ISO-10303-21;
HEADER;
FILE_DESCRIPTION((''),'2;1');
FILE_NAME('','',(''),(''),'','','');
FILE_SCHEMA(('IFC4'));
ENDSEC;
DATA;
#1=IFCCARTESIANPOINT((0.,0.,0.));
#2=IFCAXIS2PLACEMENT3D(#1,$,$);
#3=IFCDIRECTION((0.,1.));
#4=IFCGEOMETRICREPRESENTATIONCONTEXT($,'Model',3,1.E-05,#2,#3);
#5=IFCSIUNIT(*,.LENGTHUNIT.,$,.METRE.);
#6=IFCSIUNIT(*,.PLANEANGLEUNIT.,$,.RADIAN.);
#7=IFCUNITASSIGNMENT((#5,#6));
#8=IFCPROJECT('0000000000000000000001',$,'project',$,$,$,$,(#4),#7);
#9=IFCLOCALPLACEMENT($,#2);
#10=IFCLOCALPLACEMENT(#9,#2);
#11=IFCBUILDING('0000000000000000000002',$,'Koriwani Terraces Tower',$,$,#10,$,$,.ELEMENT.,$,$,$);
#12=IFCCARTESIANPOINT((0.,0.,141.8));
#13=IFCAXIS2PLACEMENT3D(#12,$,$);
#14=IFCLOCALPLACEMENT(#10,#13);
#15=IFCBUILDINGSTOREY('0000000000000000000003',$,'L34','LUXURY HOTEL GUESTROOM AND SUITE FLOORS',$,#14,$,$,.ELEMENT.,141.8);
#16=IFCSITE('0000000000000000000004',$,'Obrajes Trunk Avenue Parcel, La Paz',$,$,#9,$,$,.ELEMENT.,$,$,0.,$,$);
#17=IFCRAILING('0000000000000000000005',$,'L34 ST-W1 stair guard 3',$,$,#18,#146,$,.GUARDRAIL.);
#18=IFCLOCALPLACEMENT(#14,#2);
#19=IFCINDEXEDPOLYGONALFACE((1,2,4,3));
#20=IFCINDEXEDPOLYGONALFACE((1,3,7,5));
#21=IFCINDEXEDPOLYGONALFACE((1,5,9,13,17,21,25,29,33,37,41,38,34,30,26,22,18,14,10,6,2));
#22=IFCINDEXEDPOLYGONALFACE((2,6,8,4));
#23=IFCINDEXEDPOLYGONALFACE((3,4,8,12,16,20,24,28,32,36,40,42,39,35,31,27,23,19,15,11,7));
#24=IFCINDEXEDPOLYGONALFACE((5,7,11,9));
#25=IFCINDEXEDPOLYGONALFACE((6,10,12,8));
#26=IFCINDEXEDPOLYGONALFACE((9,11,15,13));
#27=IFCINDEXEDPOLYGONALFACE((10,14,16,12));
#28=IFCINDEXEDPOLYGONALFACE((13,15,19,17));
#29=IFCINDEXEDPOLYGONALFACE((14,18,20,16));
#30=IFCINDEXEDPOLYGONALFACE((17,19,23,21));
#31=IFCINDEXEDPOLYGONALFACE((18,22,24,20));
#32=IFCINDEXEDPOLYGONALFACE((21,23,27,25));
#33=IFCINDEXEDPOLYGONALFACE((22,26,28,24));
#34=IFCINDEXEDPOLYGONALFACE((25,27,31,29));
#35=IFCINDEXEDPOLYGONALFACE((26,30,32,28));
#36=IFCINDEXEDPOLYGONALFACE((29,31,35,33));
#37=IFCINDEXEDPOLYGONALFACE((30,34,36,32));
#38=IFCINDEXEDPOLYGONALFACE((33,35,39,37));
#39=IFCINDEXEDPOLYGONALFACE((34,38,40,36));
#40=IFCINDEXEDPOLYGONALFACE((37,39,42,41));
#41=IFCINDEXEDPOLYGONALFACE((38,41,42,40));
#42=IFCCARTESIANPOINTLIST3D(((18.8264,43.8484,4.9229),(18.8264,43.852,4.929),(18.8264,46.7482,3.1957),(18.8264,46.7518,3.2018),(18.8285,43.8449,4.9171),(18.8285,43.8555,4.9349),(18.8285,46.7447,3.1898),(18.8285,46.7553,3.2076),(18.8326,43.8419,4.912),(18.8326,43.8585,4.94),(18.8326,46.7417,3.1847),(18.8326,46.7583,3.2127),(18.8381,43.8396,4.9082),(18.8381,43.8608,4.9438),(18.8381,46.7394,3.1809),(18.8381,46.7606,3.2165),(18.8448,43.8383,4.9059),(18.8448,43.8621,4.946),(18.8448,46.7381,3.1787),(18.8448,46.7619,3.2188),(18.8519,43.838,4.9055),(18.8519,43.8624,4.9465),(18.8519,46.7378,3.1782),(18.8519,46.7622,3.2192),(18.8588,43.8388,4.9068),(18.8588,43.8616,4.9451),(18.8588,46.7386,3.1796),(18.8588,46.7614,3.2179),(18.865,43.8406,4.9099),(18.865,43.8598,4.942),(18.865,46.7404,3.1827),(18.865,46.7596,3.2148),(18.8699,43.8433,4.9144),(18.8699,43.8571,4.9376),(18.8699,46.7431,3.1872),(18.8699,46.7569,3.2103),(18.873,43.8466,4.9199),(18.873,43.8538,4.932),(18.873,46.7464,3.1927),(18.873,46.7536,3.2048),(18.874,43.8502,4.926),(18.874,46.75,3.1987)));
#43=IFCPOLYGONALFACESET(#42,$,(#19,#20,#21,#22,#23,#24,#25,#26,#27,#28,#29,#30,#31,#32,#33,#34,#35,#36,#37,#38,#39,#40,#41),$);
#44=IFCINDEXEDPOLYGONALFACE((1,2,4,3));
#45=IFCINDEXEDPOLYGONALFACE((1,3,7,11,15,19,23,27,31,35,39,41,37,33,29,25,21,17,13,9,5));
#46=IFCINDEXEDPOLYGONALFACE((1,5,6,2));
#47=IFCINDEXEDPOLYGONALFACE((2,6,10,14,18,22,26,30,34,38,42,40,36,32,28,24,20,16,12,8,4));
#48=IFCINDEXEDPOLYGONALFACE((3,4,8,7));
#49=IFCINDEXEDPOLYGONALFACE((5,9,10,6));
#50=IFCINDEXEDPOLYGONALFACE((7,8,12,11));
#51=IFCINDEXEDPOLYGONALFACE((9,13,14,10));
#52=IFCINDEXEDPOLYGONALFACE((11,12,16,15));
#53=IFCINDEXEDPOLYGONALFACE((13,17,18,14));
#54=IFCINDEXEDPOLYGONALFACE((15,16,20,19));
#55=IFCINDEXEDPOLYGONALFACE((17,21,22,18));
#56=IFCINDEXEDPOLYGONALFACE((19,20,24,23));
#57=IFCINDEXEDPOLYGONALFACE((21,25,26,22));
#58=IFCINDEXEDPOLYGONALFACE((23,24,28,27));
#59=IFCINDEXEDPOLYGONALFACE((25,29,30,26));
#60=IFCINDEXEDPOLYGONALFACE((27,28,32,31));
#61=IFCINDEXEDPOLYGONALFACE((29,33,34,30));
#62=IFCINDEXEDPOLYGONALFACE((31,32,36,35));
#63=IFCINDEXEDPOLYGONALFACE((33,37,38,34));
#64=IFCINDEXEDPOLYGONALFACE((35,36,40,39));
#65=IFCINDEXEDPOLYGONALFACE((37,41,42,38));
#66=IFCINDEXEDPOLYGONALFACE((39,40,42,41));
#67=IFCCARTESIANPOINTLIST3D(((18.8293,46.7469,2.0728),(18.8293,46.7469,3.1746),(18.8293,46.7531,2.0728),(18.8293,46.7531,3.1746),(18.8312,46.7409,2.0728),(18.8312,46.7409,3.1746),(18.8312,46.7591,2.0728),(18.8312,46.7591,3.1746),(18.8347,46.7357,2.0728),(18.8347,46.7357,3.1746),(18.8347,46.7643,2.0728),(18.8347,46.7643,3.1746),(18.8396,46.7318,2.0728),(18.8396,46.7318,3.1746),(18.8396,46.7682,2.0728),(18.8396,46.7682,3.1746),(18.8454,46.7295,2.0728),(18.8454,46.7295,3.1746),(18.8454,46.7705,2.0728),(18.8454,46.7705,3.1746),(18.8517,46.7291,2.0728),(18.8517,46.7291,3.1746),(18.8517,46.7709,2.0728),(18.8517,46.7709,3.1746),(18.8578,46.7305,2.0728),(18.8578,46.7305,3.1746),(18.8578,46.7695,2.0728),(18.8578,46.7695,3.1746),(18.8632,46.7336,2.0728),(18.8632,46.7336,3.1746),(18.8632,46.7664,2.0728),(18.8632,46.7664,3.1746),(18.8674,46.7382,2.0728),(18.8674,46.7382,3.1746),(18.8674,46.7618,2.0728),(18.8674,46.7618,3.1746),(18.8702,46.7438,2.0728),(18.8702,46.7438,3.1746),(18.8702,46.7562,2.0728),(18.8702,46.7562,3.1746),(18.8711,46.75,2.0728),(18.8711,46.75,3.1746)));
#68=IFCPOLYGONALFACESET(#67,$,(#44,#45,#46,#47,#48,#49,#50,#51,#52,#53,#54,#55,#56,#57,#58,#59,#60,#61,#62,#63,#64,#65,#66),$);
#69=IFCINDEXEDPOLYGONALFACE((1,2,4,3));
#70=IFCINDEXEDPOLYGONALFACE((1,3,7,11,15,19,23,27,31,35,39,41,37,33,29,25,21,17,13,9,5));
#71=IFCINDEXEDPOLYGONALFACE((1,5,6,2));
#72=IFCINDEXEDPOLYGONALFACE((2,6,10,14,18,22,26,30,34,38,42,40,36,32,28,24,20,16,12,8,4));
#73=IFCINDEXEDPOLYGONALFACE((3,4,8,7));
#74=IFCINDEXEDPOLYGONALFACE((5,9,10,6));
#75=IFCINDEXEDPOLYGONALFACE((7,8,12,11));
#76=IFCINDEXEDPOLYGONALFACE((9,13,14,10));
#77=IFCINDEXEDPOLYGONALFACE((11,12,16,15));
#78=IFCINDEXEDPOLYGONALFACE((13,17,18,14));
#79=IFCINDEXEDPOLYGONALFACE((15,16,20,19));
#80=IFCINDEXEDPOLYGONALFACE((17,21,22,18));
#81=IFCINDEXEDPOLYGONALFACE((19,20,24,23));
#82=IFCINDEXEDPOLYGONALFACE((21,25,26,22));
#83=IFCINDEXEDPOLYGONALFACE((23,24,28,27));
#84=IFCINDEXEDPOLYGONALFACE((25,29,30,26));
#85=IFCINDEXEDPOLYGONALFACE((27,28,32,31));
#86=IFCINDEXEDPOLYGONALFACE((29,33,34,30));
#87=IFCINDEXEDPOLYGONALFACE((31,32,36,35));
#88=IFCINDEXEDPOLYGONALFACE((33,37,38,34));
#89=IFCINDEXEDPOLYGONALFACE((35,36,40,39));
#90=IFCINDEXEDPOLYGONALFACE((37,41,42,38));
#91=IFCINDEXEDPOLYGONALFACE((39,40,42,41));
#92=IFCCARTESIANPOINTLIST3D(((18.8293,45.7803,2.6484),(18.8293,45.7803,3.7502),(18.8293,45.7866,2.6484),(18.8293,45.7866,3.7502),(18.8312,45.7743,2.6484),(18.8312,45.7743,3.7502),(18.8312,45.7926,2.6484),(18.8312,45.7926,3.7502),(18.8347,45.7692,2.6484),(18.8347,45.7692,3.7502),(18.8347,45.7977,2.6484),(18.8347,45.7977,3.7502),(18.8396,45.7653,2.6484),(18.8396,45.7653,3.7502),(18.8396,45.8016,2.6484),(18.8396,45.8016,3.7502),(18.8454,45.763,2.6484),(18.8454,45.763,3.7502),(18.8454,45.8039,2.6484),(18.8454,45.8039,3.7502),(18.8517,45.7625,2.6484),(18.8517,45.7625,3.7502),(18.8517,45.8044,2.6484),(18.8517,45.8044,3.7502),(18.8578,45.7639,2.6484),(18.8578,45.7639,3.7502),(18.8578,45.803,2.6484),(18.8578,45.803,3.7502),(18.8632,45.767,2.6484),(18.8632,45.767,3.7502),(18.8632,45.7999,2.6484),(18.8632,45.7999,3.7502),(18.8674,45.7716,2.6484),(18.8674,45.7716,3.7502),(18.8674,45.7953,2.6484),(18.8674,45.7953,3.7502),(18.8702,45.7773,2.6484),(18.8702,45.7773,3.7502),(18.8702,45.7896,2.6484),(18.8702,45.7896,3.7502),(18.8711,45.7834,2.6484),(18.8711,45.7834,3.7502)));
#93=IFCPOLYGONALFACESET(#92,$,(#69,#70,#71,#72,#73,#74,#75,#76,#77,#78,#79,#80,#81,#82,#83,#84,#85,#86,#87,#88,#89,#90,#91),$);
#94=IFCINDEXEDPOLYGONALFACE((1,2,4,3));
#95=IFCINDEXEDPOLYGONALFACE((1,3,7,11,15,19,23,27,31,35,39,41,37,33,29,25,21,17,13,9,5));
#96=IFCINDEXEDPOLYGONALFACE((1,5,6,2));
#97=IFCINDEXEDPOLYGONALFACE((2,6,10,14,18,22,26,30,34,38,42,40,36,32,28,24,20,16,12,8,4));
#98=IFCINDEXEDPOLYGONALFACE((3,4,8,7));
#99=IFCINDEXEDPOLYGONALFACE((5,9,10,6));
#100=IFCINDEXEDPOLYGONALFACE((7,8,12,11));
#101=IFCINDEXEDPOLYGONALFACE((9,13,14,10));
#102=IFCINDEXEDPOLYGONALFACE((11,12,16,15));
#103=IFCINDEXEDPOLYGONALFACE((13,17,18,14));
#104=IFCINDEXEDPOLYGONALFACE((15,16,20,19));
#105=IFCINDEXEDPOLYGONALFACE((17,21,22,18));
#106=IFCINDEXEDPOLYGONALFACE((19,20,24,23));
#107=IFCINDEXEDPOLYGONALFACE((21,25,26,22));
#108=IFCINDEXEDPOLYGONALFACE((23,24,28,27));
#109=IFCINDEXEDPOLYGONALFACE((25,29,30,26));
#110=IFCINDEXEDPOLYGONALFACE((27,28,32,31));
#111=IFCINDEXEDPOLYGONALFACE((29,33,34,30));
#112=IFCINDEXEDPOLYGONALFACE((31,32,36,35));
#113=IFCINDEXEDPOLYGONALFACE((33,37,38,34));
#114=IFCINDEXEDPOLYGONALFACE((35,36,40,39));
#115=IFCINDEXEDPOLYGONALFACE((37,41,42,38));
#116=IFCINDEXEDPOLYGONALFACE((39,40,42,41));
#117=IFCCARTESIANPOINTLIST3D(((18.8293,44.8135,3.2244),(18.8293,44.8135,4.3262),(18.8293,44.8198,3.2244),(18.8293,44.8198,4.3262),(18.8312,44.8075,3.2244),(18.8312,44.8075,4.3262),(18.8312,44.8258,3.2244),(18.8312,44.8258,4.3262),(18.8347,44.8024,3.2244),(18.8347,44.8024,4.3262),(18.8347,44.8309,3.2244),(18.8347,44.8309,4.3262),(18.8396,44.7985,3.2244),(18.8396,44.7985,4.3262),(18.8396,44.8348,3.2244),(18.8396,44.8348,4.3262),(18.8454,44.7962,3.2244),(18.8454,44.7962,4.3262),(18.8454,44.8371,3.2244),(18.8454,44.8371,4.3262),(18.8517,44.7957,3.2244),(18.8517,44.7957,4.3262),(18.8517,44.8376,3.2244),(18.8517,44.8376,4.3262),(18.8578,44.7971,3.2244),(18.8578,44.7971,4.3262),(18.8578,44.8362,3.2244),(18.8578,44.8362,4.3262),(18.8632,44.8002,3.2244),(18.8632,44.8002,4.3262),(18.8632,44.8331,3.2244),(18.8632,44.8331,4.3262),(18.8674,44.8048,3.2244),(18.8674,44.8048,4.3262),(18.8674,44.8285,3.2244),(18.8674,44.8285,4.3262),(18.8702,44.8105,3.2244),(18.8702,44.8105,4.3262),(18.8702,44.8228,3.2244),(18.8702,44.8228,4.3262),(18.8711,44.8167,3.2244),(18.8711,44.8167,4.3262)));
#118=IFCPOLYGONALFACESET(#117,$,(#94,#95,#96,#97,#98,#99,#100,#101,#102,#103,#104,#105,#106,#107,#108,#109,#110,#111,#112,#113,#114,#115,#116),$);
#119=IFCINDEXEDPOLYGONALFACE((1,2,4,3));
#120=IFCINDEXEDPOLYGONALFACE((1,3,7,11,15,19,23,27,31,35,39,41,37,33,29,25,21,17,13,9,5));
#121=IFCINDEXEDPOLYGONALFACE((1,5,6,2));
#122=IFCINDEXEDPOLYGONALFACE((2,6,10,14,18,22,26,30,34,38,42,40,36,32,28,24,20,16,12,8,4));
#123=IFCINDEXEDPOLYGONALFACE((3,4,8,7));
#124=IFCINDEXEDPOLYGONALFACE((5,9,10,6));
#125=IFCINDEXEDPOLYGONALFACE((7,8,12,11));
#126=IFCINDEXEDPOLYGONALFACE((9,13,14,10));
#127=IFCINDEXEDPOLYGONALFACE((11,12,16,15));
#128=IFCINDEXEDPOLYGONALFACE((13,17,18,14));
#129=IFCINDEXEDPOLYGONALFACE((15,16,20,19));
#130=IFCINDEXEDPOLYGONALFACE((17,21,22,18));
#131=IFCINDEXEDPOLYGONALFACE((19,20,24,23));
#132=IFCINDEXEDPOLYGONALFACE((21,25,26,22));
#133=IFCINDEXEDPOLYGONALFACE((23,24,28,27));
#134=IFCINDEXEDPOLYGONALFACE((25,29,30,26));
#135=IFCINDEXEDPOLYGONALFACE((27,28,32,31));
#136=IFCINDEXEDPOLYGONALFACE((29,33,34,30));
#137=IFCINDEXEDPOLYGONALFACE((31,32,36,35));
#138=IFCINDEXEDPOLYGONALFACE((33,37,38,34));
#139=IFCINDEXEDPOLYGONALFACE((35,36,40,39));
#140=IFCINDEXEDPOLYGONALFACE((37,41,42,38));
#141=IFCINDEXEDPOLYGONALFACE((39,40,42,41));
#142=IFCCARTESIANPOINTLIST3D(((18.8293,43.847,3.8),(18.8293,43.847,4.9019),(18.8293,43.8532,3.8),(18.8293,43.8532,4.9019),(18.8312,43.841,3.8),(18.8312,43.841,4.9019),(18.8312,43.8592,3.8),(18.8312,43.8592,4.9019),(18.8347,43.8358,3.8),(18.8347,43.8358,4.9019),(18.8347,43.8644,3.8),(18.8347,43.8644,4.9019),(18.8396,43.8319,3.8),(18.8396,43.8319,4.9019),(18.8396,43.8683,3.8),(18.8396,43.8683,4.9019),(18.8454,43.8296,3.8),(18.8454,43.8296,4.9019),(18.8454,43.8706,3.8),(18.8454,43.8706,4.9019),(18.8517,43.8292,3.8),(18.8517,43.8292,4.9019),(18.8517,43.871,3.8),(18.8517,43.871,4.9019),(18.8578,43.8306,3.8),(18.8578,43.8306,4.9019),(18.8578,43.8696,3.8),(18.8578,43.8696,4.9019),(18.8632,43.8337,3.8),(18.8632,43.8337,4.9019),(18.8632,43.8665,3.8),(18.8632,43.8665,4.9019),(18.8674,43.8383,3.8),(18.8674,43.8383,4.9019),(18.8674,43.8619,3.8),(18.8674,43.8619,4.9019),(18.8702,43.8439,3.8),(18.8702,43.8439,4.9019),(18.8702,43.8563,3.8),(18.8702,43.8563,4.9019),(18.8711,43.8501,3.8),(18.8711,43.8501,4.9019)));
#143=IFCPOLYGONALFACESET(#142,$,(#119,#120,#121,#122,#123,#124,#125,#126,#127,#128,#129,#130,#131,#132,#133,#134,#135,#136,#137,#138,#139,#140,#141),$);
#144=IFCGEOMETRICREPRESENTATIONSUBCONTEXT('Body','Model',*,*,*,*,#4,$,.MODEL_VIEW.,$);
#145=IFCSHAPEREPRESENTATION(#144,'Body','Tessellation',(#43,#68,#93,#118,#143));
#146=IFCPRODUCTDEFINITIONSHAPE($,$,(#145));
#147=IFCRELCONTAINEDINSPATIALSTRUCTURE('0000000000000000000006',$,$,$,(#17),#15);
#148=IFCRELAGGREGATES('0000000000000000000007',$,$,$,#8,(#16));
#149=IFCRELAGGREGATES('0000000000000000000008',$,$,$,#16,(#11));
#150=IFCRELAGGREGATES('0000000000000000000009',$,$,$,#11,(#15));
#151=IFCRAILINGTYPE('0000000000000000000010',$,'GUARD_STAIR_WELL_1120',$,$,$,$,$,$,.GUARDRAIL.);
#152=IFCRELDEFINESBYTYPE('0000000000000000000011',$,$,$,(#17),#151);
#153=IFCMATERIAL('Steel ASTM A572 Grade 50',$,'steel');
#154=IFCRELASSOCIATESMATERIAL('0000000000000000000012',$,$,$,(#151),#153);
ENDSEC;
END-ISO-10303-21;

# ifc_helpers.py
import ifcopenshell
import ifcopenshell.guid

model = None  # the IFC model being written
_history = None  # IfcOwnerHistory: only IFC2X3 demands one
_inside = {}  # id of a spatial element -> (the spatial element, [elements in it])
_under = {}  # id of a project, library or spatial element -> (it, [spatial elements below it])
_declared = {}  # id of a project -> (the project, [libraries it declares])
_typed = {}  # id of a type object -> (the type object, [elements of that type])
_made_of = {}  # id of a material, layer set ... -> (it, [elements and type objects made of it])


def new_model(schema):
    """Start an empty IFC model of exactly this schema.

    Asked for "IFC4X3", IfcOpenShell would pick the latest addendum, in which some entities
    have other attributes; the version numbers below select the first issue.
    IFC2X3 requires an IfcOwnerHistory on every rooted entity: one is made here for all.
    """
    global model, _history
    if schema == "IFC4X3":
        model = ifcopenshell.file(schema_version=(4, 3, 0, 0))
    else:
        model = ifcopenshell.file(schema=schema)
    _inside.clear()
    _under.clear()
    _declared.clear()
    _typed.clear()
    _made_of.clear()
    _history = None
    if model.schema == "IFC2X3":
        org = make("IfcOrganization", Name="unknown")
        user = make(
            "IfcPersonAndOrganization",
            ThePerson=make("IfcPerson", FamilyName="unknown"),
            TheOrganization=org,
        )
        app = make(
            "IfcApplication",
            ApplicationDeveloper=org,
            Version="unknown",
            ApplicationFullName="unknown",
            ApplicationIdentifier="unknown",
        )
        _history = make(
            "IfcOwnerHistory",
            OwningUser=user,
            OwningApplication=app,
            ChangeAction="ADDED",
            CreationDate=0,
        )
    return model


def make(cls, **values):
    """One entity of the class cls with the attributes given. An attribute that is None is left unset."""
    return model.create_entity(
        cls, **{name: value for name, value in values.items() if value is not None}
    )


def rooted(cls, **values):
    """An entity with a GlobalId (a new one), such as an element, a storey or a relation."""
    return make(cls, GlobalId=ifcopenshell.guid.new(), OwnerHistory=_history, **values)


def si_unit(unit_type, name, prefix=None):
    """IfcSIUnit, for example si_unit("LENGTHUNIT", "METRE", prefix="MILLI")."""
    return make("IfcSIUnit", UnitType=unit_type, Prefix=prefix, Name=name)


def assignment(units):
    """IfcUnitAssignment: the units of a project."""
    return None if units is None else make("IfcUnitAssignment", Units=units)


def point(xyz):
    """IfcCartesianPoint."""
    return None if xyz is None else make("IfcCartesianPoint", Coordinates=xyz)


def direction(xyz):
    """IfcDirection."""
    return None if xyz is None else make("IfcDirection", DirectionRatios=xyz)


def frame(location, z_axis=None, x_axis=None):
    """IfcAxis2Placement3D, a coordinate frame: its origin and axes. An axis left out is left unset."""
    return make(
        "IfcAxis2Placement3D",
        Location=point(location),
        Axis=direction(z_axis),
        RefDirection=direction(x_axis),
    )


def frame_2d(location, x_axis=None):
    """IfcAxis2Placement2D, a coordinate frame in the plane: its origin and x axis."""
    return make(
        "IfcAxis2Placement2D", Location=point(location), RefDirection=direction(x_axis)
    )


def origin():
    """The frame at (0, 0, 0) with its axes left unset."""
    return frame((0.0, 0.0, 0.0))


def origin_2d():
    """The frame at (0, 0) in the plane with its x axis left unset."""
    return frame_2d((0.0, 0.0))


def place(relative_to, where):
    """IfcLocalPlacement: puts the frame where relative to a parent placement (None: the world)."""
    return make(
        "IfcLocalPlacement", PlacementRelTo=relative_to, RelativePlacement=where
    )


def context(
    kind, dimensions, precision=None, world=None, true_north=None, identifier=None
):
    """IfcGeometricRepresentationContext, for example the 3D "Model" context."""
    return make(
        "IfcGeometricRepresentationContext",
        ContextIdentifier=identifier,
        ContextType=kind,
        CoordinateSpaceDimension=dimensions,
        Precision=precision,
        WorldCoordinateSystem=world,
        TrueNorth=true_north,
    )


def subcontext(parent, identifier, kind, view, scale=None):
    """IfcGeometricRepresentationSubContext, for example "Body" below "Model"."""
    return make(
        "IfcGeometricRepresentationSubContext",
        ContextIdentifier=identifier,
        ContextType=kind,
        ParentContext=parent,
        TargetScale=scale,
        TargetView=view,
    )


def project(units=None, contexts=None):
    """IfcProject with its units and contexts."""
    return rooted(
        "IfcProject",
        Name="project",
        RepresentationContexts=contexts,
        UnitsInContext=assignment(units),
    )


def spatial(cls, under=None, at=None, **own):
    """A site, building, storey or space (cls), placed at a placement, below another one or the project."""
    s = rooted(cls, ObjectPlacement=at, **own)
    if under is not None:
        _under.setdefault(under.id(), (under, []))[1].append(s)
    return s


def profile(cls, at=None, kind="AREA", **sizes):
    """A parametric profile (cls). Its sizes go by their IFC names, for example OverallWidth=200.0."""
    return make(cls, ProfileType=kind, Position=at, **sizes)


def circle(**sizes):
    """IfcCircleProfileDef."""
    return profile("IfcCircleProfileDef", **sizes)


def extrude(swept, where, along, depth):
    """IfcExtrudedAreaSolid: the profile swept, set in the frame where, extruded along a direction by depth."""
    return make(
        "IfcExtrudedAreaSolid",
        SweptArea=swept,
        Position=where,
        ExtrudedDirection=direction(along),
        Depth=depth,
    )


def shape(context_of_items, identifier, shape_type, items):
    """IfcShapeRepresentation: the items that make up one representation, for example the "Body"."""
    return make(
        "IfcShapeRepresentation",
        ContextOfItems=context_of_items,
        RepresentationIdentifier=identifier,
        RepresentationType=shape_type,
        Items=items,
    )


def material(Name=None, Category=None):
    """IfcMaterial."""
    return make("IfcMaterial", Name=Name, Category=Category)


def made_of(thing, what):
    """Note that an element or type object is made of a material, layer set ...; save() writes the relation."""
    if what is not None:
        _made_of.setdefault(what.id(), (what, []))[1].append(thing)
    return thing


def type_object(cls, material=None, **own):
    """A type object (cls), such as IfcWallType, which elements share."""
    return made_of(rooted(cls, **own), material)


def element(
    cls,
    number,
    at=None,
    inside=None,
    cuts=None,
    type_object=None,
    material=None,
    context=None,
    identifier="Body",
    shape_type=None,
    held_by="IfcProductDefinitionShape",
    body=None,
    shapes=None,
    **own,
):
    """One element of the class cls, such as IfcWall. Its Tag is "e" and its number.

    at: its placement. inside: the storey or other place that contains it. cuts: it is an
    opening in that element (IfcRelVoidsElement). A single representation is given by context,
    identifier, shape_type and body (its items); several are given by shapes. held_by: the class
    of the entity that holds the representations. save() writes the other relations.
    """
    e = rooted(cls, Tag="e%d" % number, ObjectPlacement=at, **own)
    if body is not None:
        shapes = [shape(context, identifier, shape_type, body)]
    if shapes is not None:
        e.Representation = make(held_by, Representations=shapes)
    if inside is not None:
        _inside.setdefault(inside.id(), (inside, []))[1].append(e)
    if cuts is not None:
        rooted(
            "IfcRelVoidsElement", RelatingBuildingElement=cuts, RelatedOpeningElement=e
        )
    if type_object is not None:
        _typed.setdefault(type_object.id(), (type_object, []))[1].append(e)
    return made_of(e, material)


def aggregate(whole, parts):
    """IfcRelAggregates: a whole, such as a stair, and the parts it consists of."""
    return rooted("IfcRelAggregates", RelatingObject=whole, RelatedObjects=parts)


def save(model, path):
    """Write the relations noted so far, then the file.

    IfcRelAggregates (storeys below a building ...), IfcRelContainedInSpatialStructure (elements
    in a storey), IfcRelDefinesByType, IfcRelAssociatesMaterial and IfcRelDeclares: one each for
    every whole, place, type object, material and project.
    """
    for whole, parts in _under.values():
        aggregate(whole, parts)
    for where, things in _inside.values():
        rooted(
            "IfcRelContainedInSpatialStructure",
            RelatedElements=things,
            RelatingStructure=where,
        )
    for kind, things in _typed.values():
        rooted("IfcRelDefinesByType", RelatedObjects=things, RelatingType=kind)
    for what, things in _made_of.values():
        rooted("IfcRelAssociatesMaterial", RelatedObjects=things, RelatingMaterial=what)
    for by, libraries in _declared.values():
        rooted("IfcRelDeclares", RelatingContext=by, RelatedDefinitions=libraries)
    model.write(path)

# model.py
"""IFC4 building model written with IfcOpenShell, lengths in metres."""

from ifc_helpers import new_model, si_unit, direction, frame, origin, origin_2d, place, context, subcontext, project, spatial, circle, extrude, material, type_object, element, save


model = new_model("IFC4")

# Units and contexts
model_context = context("Model", 3, precision=1e-05, world=origin(), true_north=direction((0.0, 1.0)))
body_context = subcontext(model_context, "Body", "Model", "MODEL_VIEW")
ifc_project = project(units=[si_unit("LENGTHUNIT", "METRE"), si_unit("PLANEANGLEUNIT", "RADIAN")], contexts=[model_context])

# Site, building, storey
site_placement = place(None, origin())
site = spatial("IfcSite", under=ifc_project, at=site_placement, Name="Obrajes Trunk Avenue Parcel, La Paz", CompositionType="ELEMENT", RefElevation=0.0)
building_placement = place(site_placement, origin())
building = spatial("IfcBuilding", under=site, at=building_placement, Name="Koriwani Terraces Tower", CompositionType="ELEMENT")
storey_placement = place(building_placement, frame((0.0, 0.0, 141.8)))
storey = spatial("IfcBuildingStorey", under=building, at=storey_placement, Name="L34", Description="LUXURY HOTEL GUESTROOM AND SUITE FLOORS", CompositionType="ELEMENT", Elevation=141.8)

# Shared definitions
ifc_material_1 = material(Name="Steel ASTM A572 Grade 50", Category="steel")

# Railing
railing_type_1 = type_object("IfcRailingType", Name="GUARD_STAIR_WELL_1120", PredefinedType="GUARDRAIL", material=ifc_material_1)
railing_1_placement = place(storey_placement, frame((18.8501, 46.75, 2.0728)))
element("IfcRailing", 1, at=railing_1_placement, inside=storey, type_object=railing_type_1, Name="L34 ST-W1 stair guard 3", PredefinedType="GUARDRAIL", context=body_context, shape_type="SweptSolid", body=[
    extrude(circle(Radius=0.0239, at=origin_2d()), frame((0.0, 0.0, 1.126), z_axis=(0.0, -0.859141, 0.511738), x_axis=(1.0, 0.0, 0.0)), (0.0, 0.0, 1.0), 3.3752),
    extrude(circle(Radius=0.021, at=origin_2d()), origin(), (0.0, 0.0, 1.0), 1.1018),
    extrude(circle(Radius=0.021, at=origin_2d()), frame((0.0, -0.9666, 0.5757)), (0.0, 0.0, 1.0), 1.1018),
    extrude(circle(Radius=0.021, at=origin_2d()), frame((0.0, -1.9333, 1.1516)), (0.0, 0.0, 1.0), 1.1018),
    extrude(circle(Radius=0.021, at=origin_2d()), frame((0.0, -2.8999, 1.7273)), (0.0, 0.0, 1.0), 1.1018),
])

save(model, "model.ifc")
